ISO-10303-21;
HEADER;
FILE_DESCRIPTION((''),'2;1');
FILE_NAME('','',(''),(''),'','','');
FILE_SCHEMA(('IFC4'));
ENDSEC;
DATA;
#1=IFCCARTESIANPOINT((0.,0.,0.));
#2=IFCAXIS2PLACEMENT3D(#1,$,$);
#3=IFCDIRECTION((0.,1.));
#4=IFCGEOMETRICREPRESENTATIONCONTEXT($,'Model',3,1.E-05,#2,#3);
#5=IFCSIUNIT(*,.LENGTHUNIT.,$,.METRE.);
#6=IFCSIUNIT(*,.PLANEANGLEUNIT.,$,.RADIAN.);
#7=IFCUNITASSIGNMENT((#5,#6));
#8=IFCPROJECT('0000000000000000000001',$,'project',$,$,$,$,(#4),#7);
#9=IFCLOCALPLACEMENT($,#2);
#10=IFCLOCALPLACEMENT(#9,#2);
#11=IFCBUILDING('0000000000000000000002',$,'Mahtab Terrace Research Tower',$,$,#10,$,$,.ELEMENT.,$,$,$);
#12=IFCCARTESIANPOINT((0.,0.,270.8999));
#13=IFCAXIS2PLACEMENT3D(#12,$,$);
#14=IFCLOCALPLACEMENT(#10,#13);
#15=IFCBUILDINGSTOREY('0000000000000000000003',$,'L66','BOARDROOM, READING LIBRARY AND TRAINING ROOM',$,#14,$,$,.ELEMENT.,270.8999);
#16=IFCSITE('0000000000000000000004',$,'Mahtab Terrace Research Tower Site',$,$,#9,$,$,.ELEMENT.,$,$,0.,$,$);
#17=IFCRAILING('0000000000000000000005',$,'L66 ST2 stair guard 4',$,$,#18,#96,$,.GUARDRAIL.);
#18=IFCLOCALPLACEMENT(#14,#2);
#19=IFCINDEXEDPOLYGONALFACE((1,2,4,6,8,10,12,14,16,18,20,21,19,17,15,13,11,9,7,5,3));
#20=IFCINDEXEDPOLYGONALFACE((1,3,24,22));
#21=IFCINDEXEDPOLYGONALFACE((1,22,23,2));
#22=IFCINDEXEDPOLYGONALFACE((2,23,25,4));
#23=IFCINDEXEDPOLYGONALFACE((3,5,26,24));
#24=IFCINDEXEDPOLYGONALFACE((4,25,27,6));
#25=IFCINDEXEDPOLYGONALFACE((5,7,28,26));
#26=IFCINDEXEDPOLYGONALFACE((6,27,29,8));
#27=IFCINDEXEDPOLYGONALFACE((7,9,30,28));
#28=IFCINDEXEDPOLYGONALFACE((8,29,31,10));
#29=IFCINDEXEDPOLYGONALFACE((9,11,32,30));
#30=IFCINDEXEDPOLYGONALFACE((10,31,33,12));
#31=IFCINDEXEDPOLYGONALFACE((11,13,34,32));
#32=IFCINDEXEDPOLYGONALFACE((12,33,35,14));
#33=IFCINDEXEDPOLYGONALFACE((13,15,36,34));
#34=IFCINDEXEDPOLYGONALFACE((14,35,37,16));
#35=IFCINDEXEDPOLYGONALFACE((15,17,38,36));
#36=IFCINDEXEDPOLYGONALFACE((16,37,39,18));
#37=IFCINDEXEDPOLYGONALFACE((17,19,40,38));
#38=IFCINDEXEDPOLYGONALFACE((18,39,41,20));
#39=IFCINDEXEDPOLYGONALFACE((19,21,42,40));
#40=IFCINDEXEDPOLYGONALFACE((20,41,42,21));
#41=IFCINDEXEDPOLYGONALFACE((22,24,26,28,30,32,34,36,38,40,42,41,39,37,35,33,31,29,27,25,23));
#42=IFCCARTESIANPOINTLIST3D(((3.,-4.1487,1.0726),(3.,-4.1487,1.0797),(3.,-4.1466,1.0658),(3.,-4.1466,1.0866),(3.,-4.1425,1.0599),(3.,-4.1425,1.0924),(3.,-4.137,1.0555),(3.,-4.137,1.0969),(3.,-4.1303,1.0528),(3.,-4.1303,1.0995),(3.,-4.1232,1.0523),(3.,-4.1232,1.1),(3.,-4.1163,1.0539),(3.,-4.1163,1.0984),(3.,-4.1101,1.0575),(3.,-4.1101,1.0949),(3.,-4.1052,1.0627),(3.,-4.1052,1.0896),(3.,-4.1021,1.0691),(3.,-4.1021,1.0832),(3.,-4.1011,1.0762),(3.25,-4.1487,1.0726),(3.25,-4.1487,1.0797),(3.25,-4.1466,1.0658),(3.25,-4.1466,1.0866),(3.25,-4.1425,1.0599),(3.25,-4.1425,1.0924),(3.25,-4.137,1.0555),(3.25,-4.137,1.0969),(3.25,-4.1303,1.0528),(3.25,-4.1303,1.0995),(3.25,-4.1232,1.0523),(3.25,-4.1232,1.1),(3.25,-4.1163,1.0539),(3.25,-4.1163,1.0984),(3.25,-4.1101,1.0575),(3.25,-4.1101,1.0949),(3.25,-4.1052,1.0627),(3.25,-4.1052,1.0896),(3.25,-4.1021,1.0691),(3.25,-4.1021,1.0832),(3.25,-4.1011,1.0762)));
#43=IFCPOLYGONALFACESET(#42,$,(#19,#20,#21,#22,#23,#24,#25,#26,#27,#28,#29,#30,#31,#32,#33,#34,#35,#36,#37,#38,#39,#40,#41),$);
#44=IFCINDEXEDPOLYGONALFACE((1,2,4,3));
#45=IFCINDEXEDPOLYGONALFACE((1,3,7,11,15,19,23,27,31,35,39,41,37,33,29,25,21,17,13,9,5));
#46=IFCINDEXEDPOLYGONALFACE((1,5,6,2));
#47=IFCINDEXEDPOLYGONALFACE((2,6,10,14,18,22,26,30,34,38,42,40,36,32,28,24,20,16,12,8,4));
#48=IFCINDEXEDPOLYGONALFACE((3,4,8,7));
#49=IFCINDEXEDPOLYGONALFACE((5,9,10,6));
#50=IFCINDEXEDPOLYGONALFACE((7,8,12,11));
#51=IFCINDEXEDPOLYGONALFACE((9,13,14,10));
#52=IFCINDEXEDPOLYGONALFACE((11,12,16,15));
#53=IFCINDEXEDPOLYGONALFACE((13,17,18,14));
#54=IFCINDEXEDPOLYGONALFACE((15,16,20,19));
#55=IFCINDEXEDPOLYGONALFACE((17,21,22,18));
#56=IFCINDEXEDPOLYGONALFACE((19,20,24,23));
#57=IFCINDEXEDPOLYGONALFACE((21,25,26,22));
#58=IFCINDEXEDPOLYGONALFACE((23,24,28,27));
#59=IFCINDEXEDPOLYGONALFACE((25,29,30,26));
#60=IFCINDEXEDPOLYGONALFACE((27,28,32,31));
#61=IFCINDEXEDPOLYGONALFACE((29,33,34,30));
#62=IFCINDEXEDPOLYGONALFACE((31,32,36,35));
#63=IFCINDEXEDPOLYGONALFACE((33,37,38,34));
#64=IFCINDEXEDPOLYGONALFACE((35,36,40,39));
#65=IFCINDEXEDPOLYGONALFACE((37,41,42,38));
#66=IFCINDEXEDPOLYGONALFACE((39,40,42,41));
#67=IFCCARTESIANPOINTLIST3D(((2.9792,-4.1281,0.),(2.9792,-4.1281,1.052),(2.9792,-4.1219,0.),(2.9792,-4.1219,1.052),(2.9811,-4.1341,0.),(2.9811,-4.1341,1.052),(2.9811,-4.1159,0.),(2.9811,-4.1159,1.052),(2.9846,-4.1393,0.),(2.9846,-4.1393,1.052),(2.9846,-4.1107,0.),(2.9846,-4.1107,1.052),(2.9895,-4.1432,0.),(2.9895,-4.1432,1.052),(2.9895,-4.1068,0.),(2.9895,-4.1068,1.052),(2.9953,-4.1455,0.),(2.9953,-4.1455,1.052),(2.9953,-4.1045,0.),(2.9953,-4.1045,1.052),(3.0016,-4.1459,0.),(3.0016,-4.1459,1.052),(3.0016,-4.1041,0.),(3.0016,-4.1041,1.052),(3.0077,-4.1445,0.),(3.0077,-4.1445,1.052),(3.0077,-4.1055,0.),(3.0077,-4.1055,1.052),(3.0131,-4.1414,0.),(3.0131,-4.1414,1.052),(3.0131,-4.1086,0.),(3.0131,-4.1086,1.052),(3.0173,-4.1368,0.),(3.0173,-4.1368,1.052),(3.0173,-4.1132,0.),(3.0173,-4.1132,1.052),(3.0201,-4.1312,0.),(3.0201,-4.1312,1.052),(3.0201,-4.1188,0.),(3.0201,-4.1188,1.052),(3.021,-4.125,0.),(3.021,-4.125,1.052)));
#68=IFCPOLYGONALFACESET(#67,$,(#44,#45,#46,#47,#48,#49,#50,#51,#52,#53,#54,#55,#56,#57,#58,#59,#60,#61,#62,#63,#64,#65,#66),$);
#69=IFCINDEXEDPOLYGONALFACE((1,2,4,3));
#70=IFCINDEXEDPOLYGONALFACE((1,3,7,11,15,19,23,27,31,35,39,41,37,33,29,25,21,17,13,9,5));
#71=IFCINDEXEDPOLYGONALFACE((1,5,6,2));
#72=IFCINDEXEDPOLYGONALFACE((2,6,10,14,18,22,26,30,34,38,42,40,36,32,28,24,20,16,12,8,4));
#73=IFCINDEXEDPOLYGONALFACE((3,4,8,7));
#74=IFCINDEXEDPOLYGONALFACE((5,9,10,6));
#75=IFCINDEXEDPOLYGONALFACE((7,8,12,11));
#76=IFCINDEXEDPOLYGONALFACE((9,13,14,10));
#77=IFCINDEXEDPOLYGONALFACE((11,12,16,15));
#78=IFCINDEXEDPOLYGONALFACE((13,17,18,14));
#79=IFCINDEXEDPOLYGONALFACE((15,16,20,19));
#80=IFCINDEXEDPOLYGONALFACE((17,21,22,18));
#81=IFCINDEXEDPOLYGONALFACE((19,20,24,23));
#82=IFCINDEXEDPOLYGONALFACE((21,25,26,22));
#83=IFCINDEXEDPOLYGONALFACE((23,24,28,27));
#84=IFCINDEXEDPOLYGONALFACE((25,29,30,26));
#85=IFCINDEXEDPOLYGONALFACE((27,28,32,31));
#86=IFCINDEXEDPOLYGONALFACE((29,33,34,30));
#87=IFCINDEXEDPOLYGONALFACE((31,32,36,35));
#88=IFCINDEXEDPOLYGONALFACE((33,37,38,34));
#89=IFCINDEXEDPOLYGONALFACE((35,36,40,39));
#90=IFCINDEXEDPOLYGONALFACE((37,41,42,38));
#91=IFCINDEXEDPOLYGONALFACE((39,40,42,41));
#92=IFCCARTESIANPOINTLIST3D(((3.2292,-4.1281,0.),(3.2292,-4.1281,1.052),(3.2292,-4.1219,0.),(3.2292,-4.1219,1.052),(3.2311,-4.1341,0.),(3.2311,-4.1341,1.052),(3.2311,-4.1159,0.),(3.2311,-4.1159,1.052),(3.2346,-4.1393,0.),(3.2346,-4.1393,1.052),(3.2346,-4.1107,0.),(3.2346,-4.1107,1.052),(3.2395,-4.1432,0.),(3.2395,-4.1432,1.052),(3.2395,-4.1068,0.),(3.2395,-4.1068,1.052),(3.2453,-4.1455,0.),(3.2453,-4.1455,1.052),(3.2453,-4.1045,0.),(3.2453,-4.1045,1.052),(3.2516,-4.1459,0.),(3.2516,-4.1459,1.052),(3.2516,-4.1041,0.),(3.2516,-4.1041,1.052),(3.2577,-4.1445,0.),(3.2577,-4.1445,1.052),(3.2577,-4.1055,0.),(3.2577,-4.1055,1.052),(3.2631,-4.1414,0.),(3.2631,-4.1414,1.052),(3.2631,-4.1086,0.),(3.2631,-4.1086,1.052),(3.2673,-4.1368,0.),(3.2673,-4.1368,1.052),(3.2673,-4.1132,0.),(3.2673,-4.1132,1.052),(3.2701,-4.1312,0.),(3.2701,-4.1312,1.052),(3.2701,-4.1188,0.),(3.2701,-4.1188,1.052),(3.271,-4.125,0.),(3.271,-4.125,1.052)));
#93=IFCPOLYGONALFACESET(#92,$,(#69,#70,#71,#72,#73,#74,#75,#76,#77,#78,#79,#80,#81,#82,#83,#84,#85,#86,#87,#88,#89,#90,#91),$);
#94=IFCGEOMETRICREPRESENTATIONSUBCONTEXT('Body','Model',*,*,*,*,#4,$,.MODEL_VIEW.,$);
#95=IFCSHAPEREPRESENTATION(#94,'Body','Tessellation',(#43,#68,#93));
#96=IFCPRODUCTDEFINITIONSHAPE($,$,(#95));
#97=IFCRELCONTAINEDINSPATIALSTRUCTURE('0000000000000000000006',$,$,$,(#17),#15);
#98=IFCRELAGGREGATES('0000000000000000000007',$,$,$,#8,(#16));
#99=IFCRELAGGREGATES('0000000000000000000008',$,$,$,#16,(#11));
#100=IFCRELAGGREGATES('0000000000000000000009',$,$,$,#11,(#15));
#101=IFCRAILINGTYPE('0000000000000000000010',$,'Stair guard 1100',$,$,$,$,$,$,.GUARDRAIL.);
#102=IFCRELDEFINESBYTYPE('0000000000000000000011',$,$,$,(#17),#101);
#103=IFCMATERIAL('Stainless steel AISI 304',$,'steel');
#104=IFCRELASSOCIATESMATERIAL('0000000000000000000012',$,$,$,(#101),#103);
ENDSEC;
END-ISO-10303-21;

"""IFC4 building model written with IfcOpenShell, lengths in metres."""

from ifc_helpers import new_model, si_unit, direction, frame, origin, origin_2d, place, context, subcontext, project, spatial, circle, extrude, material, type_object, element, save


model = new_model("IFC4")

# Units and contexts
model_context = context("Model", 3, precision=1e-05, world=origin(), true_north=direction((0.0, 1.0)))
body_context = subcontext(model_context, "Body", "Model", "MODEL_VIEW")
ifc_project = project(units=[si_unit("LENGTHUNIT", "METRE"), si_unit("PLANEANGLEUNIT", "RADIAN")], contexts=[model_context])

# Site, building, storey
site_placement = place(None, origin())
site = spatial("IfcSite", under=ifc_project, at=site_placement, Name="Mahtab Terrace Research Tower Site", CompositionType="ELEMENT", RefElevation=0.0)
building_placement = place(site_placement, origin())
building = spatial("IfcBuilding", under=site, at=building_placement, Name="Mahtab Terrace Research Tower", CompositionType="ELEMENT")
storey_placement = place(building_placement, frame((0.0, 0.0, 270.8999)))
storey = spatial("IfcBuildingStorey", under=building, at=storey_placement, Name="L66", Description="BOARDROOM, READING LIBRARY AND TRAINING ROOM", CompositionType="ELEMENT", Elevation=270.8999)

# Railing
ifc_material_1 = material(Name="Stainless steel AISI 304", Category="steel")
railing_type_1 = type_object("IfcRailingType", Name="Stair guard 1100", PredefinedType="GUARDRAIL", material=ifc_material_1)
railing_1_placement = place(storey_placement, frame((3.0, -4.125, 0.0)))
element("IfcRailing", 1, at=railing_1_placement, inside=storey, type_object=railing_type_1, Name="L66 ST2 stair guard 4", PredefinedType="GUARDRAIL", context=body_context, shape_type="SweptSolid", body=[
    extrude(circle(Radius=0.0239, at=origin_2d()), frame((0.0, 0.0, 1.0762), z_axis=(1.0, 0.0, 0.0), x_axis=(0.0, 1.0, 0.0)), (0.0, 0.0, 1.0), 0.25),
    extrude(circle(Radius=0.021, at=origin_2d()), origin(), (0.0, 0.0, 1.0), 1.052),
    extrude(circle(Radius=0.021, at=origin_2d()), frame((0.25, 0.0, 0.0)), (0.0, 0.0, 1.0), 1.052),
])

save(model, "model.ifc")
